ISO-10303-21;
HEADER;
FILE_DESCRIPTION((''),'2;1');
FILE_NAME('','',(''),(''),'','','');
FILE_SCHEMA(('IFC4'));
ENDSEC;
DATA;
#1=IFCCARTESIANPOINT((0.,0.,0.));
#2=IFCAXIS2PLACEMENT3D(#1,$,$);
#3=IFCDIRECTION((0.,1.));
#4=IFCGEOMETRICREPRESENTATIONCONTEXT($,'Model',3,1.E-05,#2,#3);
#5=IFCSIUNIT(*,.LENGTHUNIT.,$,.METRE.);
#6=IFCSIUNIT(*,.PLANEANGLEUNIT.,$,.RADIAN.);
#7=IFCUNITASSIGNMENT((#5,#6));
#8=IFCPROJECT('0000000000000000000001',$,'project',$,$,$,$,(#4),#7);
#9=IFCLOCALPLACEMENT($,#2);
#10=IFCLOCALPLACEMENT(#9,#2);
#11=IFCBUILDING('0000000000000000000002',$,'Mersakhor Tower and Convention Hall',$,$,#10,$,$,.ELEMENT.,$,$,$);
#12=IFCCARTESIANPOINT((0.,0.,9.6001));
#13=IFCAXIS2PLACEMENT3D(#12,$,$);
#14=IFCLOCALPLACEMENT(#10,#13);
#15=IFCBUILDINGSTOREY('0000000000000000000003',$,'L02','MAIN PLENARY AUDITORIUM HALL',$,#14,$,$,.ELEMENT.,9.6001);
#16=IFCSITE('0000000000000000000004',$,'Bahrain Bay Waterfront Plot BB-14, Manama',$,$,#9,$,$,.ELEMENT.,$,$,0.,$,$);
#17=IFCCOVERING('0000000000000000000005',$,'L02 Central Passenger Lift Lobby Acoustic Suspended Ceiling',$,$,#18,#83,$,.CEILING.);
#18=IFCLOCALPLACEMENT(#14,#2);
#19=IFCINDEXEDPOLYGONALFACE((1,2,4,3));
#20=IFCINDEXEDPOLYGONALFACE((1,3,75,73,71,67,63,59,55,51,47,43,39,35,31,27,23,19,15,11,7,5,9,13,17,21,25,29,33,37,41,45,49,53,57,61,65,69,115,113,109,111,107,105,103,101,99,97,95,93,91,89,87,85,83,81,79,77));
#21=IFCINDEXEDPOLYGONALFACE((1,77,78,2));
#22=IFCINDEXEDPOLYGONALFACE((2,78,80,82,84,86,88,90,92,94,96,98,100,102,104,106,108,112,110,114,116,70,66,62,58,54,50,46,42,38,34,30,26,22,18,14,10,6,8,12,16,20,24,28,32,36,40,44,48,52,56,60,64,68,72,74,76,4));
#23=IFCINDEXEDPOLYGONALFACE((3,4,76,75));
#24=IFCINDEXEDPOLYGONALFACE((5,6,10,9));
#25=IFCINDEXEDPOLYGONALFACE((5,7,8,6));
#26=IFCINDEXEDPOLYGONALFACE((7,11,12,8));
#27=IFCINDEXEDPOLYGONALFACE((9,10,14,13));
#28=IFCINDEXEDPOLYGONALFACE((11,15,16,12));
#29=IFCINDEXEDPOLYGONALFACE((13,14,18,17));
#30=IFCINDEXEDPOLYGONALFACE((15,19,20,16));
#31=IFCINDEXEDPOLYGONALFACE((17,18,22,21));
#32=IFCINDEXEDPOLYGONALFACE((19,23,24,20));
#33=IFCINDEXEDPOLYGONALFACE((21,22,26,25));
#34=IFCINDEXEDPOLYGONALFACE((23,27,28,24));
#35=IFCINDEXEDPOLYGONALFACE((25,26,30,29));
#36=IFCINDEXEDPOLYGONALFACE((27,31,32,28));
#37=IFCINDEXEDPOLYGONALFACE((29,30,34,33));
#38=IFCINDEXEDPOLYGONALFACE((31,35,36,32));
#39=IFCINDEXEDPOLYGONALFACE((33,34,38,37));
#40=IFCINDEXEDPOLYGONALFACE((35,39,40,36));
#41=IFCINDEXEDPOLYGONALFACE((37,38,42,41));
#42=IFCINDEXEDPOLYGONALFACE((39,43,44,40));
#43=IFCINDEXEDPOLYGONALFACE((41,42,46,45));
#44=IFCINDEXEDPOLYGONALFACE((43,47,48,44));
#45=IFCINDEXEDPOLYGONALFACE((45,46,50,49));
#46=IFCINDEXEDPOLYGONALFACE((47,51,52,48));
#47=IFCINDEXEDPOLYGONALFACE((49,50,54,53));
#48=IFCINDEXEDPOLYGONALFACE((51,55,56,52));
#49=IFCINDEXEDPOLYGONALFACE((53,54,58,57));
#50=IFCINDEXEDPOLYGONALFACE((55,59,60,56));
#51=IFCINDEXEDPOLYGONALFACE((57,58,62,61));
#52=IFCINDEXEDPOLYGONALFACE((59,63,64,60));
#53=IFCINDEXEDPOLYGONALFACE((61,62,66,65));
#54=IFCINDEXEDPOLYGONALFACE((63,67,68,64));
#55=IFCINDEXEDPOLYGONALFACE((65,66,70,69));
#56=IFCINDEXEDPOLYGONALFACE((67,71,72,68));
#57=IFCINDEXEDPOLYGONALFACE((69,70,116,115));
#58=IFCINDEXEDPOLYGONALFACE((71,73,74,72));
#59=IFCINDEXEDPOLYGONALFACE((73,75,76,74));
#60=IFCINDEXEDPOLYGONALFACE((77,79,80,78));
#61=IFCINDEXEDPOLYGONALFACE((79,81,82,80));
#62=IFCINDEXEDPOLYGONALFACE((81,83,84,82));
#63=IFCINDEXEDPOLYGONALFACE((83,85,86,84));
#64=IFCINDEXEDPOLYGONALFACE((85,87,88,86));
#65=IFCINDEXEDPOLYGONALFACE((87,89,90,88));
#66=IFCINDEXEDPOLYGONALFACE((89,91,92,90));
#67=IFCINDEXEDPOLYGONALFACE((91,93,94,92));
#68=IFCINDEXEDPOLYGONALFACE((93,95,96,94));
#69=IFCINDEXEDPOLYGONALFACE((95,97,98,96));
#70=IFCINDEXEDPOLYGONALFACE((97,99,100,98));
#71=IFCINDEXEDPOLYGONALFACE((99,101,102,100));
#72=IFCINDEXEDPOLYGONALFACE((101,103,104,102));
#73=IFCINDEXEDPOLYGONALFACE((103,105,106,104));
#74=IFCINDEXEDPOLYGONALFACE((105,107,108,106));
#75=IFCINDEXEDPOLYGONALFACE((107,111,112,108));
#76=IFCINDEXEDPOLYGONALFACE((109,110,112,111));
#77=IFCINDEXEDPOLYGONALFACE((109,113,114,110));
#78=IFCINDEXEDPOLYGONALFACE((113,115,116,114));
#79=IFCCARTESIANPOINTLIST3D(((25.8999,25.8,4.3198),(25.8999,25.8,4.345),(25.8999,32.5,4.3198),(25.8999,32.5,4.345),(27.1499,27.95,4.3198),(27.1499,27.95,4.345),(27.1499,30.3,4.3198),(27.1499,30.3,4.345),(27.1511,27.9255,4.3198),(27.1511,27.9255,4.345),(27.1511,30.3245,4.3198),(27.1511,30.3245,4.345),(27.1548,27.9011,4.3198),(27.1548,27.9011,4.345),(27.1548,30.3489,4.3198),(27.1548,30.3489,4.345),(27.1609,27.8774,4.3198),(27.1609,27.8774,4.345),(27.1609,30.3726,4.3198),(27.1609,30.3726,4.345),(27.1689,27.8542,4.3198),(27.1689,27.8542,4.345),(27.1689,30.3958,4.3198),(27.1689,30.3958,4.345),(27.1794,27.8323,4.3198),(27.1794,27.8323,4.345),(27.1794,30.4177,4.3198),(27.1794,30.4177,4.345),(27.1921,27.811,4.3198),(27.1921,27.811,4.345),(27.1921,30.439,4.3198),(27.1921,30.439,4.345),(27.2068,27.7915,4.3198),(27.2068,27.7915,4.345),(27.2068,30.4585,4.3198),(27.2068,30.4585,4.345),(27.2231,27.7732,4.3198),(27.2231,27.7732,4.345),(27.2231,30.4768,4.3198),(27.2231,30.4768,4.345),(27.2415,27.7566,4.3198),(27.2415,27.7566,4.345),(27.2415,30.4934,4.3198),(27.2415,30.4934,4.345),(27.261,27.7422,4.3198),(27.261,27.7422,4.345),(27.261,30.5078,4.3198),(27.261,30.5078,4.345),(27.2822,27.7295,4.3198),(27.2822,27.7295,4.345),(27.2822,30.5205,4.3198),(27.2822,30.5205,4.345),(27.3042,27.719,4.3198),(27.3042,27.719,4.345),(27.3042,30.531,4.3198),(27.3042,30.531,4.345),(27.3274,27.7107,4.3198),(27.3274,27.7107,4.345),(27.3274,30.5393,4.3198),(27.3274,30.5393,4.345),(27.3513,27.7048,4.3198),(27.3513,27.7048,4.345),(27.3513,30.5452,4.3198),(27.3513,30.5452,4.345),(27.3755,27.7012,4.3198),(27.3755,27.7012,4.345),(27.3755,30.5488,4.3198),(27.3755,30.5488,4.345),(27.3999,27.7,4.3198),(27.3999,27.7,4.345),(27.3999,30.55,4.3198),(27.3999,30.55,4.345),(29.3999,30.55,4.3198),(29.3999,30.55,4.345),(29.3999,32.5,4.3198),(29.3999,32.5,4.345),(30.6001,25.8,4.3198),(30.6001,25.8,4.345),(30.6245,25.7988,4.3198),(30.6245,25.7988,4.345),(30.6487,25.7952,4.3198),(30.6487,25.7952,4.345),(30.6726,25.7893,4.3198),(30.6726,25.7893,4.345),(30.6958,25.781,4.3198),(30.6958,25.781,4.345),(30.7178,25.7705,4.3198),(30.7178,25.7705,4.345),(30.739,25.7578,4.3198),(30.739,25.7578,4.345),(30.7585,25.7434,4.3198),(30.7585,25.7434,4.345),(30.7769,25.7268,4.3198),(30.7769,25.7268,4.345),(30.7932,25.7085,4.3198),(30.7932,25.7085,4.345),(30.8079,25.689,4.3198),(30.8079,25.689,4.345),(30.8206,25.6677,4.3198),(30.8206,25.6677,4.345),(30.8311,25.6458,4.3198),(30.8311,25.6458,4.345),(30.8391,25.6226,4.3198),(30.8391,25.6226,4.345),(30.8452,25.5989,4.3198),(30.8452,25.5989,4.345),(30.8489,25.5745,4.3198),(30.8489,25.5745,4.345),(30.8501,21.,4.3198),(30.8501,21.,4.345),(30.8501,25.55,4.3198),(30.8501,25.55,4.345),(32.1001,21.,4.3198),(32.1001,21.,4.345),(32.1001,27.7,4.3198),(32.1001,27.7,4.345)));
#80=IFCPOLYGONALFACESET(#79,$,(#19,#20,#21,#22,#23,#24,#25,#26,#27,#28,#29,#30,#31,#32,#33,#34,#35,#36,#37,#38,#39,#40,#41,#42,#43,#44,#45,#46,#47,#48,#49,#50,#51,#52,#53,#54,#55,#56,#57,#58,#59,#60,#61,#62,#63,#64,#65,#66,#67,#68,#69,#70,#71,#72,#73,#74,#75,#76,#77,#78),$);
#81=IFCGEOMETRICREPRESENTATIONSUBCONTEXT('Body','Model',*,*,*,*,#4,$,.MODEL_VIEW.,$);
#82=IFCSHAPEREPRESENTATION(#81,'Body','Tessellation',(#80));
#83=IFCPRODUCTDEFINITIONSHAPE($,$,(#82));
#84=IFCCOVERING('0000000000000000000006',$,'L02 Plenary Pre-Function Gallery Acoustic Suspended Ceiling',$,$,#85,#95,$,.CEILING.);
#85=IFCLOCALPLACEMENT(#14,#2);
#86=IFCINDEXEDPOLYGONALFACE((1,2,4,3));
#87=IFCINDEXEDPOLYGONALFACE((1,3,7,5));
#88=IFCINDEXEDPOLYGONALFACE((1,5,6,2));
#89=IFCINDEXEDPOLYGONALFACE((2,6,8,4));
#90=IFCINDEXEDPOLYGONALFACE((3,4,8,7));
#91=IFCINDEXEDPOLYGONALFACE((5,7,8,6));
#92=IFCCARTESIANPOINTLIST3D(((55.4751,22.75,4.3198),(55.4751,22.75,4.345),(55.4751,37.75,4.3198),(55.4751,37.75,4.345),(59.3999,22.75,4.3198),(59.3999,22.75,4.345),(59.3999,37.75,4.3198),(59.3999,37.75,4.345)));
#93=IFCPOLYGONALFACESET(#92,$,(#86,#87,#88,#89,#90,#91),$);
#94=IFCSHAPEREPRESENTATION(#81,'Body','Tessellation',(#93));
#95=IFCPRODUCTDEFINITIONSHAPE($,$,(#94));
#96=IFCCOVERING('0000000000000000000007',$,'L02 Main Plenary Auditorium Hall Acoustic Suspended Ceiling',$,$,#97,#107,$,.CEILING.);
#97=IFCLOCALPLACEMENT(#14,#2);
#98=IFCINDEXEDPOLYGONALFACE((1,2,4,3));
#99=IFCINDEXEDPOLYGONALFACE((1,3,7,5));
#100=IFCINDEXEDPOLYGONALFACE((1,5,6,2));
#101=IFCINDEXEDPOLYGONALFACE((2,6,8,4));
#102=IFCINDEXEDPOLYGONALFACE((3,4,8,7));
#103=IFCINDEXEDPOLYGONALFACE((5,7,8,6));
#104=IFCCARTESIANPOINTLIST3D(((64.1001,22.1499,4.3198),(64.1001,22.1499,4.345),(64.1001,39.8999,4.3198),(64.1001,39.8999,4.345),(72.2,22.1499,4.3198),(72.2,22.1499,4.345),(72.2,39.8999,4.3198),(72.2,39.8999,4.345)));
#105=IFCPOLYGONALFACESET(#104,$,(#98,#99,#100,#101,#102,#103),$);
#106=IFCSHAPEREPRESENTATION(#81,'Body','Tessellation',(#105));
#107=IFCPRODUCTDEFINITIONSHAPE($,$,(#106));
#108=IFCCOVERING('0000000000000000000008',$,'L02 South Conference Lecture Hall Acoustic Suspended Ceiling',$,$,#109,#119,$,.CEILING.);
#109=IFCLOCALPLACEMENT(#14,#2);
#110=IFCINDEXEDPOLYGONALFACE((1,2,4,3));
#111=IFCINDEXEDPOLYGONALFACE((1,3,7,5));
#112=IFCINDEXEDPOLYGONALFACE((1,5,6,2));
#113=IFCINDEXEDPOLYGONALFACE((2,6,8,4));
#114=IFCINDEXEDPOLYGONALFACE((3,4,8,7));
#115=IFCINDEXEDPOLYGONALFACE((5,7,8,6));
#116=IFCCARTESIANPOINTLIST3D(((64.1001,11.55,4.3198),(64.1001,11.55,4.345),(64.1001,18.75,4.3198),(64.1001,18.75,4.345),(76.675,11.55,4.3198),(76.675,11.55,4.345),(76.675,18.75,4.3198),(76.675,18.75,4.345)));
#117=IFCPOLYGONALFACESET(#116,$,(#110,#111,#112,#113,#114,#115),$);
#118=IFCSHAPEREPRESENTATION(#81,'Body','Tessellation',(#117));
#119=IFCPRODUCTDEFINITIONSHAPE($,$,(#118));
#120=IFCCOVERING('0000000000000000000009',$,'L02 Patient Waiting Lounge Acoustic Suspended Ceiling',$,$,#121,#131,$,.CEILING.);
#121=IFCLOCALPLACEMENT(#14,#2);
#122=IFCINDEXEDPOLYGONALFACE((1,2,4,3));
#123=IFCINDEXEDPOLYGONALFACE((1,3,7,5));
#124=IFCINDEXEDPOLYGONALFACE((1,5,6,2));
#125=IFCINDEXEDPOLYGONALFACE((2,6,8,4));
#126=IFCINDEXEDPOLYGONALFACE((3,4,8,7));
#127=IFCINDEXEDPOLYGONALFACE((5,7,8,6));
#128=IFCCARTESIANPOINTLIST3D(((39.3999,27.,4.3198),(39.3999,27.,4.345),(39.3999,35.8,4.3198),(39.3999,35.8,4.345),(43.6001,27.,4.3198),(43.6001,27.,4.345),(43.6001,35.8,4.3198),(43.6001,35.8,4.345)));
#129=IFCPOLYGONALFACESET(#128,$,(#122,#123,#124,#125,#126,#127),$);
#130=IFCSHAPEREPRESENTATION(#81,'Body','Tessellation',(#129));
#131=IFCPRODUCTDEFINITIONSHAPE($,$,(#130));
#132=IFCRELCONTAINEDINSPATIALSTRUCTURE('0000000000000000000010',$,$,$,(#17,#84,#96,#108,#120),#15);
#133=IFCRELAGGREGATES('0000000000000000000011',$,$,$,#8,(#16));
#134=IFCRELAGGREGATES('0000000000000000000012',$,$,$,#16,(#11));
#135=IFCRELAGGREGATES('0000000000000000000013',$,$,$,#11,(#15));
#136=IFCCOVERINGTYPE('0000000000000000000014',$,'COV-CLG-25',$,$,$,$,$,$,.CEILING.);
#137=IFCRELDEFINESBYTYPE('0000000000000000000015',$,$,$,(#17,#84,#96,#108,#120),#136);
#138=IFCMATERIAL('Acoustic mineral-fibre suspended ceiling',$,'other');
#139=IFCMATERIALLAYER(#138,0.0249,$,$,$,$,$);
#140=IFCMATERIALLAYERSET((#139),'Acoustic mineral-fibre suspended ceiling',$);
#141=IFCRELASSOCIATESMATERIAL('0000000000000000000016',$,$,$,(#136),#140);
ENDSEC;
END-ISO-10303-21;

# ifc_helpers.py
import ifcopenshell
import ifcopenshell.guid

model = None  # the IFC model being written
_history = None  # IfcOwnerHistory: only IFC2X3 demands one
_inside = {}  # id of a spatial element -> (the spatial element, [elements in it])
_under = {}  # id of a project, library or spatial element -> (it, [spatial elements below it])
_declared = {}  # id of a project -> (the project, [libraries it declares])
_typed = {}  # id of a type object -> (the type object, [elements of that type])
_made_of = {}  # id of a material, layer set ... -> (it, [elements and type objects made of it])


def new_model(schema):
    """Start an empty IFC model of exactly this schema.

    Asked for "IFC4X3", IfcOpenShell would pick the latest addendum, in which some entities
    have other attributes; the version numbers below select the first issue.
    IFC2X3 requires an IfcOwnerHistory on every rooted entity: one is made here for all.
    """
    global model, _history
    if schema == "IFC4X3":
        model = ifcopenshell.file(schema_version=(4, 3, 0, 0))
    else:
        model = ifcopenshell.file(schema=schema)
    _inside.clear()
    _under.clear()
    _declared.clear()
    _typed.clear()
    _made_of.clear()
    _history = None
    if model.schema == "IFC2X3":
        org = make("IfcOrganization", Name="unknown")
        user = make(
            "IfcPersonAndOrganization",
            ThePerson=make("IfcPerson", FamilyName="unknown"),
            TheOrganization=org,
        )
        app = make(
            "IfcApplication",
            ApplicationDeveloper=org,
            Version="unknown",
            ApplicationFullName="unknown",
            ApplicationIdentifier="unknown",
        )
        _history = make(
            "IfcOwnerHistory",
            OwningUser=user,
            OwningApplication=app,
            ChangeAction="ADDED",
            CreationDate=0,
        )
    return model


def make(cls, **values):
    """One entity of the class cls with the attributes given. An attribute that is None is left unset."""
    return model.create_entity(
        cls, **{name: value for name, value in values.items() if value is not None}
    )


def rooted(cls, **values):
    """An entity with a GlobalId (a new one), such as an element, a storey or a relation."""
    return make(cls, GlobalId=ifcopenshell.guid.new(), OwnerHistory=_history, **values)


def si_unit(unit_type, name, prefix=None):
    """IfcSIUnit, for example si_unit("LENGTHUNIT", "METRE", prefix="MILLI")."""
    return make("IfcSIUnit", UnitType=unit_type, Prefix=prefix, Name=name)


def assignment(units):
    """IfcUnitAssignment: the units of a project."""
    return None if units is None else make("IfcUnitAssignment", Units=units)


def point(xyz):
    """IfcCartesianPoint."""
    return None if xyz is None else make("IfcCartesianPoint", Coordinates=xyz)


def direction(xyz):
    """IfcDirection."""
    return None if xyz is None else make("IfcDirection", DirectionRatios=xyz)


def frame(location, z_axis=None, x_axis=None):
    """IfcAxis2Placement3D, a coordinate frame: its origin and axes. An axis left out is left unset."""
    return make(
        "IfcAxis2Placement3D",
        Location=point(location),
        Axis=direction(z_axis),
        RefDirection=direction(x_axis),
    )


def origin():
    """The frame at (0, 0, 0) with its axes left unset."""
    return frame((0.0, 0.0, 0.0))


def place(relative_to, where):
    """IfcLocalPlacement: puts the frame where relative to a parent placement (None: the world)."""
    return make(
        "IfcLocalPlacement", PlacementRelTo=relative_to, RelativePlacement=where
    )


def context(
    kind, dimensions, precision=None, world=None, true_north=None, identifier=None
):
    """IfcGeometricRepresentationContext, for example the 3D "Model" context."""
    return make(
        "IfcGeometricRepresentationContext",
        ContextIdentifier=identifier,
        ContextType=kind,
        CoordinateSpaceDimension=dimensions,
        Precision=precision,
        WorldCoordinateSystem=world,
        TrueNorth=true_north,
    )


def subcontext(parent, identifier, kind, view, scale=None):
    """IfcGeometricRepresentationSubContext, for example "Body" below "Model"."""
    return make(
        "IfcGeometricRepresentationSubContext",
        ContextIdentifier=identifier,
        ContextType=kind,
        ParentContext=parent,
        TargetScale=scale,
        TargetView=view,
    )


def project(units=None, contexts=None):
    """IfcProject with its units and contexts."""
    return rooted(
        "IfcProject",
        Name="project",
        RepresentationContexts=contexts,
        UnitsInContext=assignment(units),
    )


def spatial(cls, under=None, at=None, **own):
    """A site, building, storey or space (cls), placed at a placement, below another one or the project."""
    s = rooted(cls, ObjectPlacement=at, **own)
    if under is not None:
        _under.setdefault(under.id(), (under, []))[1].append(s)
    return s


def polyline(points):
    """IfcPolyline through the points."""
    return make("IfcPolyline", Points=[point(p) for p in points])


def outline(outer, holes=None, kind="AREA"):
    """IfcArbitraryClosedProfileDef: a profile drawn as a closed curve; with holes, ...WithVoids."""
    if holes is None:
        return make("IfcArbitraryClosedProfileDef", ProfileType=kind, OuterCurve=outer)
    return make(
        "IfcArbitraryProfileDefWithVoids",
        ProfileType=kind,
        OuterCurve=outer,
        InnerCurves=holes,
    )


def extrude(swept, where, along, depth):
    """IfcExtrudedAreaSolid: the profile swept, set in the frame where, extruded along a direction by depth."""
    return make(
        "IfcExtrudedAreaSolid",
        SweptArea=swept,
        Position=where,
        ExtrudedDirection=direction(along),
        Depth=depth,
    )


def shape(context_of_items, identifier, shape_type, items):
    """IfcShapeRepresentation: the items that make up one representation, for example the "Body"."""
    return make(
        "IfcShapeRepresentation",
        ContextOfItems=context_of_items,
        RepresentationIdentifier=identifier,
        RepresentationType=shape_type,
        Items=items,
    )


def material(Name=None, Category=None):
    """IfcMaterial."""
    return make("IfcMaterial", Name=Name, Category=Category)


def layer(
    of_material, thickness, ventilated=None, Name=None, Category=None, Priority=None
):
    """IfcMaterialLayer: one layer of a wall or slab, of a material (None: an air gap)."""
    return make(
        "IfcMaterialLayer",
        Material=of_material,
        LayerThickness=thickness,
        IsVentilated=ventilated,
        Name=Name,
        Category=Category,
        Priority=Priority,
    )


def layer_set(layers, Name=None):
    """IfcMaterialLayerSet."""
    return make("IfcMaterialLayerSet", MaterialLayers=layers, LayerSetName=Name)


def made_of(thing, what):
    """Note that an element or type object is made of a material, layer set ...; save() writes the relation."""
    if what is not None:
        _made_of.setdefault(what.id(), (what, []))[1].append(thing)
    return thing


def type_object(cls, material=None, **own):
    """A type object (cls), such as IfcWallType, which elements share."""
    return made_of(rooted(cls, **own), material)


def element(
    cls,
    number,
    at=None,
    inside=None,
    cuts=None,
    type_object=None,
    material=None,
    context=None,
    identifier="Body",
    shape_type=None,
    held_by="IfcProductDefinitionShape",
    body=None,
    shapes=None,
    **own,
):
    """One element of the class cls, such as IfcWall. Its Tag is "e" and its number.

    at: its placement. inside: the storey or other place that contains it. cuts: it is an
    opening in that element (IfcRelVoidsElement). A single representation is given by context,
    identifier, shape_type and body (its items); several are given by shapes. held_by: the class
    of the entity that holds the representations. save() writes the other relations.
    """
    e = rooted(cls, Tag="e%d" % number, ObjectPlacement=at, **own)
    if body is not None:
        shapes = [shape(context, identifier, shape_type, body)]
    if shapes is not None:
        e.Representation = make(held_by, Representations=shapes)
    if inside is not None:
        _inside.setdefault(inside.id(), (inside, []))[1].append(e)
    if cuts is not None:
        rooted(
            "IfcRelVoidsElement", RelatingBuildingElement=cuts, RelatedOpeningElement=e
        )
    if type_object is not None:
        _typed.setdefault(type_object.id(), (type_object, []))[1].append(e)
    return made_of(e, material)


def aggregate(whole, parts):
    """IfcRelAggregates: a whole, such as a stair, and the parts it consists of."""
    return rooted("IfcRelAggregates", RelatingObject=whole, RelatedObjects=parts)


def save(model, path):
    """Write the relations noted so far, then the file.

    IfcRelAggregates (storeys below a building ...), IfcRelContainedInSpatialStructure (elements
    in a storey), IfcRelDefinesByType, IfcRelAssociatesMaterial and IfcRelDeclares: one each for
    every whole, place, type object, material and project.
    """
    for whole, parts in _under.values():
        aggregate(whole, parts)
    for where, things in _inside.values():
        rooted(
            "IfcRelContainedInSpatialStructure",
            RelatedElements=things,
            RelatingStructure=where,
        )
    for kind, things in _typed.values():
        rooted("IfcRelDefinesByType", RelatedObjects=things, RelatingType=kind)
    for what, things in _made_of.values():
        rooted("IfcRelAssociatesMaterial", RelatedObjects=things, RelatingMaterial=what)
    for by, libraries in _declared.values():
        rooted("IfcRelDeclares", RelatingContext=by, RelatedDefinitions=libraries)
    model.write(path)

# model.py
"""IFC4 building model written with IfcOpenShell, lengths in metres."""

from ifc_helpers import new_model, si_unit, direction, frame, origin, place, context, subcontext, project, spatial, polyline, outline, extrude, material, layer, layer_set, type_object, element, save


model = new_model("IFC4")

# Units and contexts
model_context = context("Model", 3, precision=1e-05, world=origin(), true_north=direction((0.0, 1.0)))
body_context = subcontext(model_context, "Body", "Model", "MODEL_VIEW")
ifc_project = project(units=[si_unit("LENGTHUNIT", "METRE"), si_unit("PLANEANGLEUNIT", "RADIAN")], contexts=[model_context])

# Site, building, storey
site_placement = place(None, origin())
site = spatial("IfcSite", under=ifc_project, at=site_placement, Name="Bahrain Bay Waterfront Plot BB-14, Manama", CompositionType="ELEMENT", RefElevation=0.0)
building_placement = place(site_placement, origin())
building = spatial("IfcBuilding", under=site, at=building_placement, Name="Mersakhor Tower and Convention Hall", CompositionType="ELEMENT")
storey_placement = place(building_placement, frame((0.0, 0.0, 9.6001)))
storey = spatial("IfcBuildingStorey", under=building, at=storey_placement, Name="L02", Description="MAIN PLENARY AUDITORIUM HALL", CompositionType="ELEMENT", Elevation=9.6001)

# Coverings
ifc_material_1 = material(Name="Acoustic mineral-fibre suspended ceiling", Category="other")
ifc_layer_1 = layer(ifc_material_1, 0.0249)
ifc_layer_set_1 = layer_set([ifc_layer_1], Name="Acoustic mineral-fibre suspended ceiling")
covering_type_1 = type_object("IfcCoveringType", Name="COV-CLG-25", PredefinedType="CEILING", material=ifc_layer_set_1)
covering_1_placement = place(storey_placement, frame((0.0, 0.0, 4.3198)))
element("IfcCovering", 1, at=covering_1_placement, inside=storey, type_object=covering_type_1, Name="L02 Central Passenger Lift Lobby Acoustic Suspended Ceiling", PredefinedType="CEILING", context=body_context, shape_type="SweptSolid", body=[
    extrude(outline(polyline([(30.8501, 21.0), (30.8501, 25.55), (30.8489, 25.5745), (30.8452, 25.5989), (30.8391, 25.6226), (30.8311, 25.6458), (30.8206, 25.6677), (30.8079, 25.689), (30.7932, 25.7085), (30.7769, 25.7268), (30.7585, 25.7434), (30.739, 25.7578), (30.7178, 25.7705), (30.6958, 25.781), (30.6726, 25.7893), (30.6487, 25.7952), (30.6245, 25.7988), (30.6001, 25.8), (25.8999, 25.8), (25.8999, 32.5), (29.3999, 32.5), (29.3999, 30.55), (27.3999, 30.55), (27.3755, 30.5488), (27.3513, 30.5452), (27.3274, 30.5393), (27.3042, 30.531), (27.2822, 30.5205), (27.261, 30.5078), (27.2415, 30.4934), (27.2231, 30.4768), (27.2068, 30.4585), (27.1921, 30.439), (27.1794, 30.4177), (27.1689, 30.3958), (27.1609, 30.3726), (27.1548, 30.3489), (27.1511, 30.3245), (27.1499, 30.3), (27.1499, 27.95), (27.1511, 27.9255), (27.1548, 27.9011), (27.1609, 27.8774), (27.1689, 27.8542), (27.1794, 27.8323), (27.1921, 27.811), (27.2068, 27.7915), (27.2231, 27.7732), (27.2415, 27.7566), (27.261, 27.7422), (27.2822, 27.7295), (27.3042, 27.719), (27.3274, 27.7107), (27.3513, 27.7048), (27.3755, 27.7012), (27.3999, 27.7), (32.1001, 27.7), (32.1001, 21.0), (30.8501, 21.0)])), origin(), (0.0, 0.0, 1.0), 0.0251),
])
covering_2_placement = place(storey_placement, frame((0.0, 0.0, 4.3198)))
element("IfcCovering", 2, at=covering_2_placement, inside=storey, type_object=covering_type_1, Name="L02 Plenary Pre-Function Gallery Acoustic Suspended Ceiling", PredefinedType="CEILING", context=body_context, shape_type="SweptSolid", body=[
    extrude(outline(polyline([(55.4751, 37.75), (59.3999, 37.75), (59.3999, 22.75), (55.4751, 22.75), (55.4751, 37.75)])), origin(), (0.0, 0.0, 1.0), 0.0251),
])
covering_3_placement = place(storey_placement, frame((0.0, 0.0, 4.3198)))
element("IfcCovering", 3, at=covering_3_placement, inside=storey, type_object=covering_type_1, Name="L02 Main Plenary Auditorium Hall Acoustic Suspended Ceiling", PredefinedType="CEILING", context=body_context, shape_type="SweptSolid", body=[
    extrude(outline(polyline([(64.1001, 39.8999), (72.2, 39.8999), (72.2, 22.1499), (64.1001, 22.1499), (64.1001, 39.8999)])), origin(), (0.0, 0.0, 1.0), 0.0251),
])
covering_4_placement = place(storey_placement, frame((0.0, 0.0, 4.3198)))
element("IfcCovering", 4, at=covering_4_placement, inside=storey, type_object=covering_type_1, Name="L02 South Conference Lecture Hall Acoustic Suspended Ceiling", PredefinedType="CEILING", context=body_context, shape_type="SweptSolid", body=[
    extrude(outline(polyline([(64.1001, 18.75), (76.675, 18.75), (76.675, 11.55), (64.1001, 11.55), (64.1001, 18.75)])), origin(), (0.0, 0.0, 1.0), 0.0251),
])
covering_5_placement = place(storey_placement, frame((0.0, 0.0, 4.3198)))
element("IfcCovering", 5, at=covering_5_placement, inside=storey, type_object=covering_type_1, Name="L02 Patient Waiting Lounge Acoustic Suspended Ceiling", PredefinedType="CEILING", context=body_context, shape_type="SweptSolid", body=[
    extrude(outline(polyline([(39.3999, 27.0), (39.3999, 35.8), (43.6001, 35.8), (43.6001, 27.0), (39.3999, 27.0)])), origin(), (0.0, 0.0, 1.0), 0.0251),
])

save(model, "model.ifc")
